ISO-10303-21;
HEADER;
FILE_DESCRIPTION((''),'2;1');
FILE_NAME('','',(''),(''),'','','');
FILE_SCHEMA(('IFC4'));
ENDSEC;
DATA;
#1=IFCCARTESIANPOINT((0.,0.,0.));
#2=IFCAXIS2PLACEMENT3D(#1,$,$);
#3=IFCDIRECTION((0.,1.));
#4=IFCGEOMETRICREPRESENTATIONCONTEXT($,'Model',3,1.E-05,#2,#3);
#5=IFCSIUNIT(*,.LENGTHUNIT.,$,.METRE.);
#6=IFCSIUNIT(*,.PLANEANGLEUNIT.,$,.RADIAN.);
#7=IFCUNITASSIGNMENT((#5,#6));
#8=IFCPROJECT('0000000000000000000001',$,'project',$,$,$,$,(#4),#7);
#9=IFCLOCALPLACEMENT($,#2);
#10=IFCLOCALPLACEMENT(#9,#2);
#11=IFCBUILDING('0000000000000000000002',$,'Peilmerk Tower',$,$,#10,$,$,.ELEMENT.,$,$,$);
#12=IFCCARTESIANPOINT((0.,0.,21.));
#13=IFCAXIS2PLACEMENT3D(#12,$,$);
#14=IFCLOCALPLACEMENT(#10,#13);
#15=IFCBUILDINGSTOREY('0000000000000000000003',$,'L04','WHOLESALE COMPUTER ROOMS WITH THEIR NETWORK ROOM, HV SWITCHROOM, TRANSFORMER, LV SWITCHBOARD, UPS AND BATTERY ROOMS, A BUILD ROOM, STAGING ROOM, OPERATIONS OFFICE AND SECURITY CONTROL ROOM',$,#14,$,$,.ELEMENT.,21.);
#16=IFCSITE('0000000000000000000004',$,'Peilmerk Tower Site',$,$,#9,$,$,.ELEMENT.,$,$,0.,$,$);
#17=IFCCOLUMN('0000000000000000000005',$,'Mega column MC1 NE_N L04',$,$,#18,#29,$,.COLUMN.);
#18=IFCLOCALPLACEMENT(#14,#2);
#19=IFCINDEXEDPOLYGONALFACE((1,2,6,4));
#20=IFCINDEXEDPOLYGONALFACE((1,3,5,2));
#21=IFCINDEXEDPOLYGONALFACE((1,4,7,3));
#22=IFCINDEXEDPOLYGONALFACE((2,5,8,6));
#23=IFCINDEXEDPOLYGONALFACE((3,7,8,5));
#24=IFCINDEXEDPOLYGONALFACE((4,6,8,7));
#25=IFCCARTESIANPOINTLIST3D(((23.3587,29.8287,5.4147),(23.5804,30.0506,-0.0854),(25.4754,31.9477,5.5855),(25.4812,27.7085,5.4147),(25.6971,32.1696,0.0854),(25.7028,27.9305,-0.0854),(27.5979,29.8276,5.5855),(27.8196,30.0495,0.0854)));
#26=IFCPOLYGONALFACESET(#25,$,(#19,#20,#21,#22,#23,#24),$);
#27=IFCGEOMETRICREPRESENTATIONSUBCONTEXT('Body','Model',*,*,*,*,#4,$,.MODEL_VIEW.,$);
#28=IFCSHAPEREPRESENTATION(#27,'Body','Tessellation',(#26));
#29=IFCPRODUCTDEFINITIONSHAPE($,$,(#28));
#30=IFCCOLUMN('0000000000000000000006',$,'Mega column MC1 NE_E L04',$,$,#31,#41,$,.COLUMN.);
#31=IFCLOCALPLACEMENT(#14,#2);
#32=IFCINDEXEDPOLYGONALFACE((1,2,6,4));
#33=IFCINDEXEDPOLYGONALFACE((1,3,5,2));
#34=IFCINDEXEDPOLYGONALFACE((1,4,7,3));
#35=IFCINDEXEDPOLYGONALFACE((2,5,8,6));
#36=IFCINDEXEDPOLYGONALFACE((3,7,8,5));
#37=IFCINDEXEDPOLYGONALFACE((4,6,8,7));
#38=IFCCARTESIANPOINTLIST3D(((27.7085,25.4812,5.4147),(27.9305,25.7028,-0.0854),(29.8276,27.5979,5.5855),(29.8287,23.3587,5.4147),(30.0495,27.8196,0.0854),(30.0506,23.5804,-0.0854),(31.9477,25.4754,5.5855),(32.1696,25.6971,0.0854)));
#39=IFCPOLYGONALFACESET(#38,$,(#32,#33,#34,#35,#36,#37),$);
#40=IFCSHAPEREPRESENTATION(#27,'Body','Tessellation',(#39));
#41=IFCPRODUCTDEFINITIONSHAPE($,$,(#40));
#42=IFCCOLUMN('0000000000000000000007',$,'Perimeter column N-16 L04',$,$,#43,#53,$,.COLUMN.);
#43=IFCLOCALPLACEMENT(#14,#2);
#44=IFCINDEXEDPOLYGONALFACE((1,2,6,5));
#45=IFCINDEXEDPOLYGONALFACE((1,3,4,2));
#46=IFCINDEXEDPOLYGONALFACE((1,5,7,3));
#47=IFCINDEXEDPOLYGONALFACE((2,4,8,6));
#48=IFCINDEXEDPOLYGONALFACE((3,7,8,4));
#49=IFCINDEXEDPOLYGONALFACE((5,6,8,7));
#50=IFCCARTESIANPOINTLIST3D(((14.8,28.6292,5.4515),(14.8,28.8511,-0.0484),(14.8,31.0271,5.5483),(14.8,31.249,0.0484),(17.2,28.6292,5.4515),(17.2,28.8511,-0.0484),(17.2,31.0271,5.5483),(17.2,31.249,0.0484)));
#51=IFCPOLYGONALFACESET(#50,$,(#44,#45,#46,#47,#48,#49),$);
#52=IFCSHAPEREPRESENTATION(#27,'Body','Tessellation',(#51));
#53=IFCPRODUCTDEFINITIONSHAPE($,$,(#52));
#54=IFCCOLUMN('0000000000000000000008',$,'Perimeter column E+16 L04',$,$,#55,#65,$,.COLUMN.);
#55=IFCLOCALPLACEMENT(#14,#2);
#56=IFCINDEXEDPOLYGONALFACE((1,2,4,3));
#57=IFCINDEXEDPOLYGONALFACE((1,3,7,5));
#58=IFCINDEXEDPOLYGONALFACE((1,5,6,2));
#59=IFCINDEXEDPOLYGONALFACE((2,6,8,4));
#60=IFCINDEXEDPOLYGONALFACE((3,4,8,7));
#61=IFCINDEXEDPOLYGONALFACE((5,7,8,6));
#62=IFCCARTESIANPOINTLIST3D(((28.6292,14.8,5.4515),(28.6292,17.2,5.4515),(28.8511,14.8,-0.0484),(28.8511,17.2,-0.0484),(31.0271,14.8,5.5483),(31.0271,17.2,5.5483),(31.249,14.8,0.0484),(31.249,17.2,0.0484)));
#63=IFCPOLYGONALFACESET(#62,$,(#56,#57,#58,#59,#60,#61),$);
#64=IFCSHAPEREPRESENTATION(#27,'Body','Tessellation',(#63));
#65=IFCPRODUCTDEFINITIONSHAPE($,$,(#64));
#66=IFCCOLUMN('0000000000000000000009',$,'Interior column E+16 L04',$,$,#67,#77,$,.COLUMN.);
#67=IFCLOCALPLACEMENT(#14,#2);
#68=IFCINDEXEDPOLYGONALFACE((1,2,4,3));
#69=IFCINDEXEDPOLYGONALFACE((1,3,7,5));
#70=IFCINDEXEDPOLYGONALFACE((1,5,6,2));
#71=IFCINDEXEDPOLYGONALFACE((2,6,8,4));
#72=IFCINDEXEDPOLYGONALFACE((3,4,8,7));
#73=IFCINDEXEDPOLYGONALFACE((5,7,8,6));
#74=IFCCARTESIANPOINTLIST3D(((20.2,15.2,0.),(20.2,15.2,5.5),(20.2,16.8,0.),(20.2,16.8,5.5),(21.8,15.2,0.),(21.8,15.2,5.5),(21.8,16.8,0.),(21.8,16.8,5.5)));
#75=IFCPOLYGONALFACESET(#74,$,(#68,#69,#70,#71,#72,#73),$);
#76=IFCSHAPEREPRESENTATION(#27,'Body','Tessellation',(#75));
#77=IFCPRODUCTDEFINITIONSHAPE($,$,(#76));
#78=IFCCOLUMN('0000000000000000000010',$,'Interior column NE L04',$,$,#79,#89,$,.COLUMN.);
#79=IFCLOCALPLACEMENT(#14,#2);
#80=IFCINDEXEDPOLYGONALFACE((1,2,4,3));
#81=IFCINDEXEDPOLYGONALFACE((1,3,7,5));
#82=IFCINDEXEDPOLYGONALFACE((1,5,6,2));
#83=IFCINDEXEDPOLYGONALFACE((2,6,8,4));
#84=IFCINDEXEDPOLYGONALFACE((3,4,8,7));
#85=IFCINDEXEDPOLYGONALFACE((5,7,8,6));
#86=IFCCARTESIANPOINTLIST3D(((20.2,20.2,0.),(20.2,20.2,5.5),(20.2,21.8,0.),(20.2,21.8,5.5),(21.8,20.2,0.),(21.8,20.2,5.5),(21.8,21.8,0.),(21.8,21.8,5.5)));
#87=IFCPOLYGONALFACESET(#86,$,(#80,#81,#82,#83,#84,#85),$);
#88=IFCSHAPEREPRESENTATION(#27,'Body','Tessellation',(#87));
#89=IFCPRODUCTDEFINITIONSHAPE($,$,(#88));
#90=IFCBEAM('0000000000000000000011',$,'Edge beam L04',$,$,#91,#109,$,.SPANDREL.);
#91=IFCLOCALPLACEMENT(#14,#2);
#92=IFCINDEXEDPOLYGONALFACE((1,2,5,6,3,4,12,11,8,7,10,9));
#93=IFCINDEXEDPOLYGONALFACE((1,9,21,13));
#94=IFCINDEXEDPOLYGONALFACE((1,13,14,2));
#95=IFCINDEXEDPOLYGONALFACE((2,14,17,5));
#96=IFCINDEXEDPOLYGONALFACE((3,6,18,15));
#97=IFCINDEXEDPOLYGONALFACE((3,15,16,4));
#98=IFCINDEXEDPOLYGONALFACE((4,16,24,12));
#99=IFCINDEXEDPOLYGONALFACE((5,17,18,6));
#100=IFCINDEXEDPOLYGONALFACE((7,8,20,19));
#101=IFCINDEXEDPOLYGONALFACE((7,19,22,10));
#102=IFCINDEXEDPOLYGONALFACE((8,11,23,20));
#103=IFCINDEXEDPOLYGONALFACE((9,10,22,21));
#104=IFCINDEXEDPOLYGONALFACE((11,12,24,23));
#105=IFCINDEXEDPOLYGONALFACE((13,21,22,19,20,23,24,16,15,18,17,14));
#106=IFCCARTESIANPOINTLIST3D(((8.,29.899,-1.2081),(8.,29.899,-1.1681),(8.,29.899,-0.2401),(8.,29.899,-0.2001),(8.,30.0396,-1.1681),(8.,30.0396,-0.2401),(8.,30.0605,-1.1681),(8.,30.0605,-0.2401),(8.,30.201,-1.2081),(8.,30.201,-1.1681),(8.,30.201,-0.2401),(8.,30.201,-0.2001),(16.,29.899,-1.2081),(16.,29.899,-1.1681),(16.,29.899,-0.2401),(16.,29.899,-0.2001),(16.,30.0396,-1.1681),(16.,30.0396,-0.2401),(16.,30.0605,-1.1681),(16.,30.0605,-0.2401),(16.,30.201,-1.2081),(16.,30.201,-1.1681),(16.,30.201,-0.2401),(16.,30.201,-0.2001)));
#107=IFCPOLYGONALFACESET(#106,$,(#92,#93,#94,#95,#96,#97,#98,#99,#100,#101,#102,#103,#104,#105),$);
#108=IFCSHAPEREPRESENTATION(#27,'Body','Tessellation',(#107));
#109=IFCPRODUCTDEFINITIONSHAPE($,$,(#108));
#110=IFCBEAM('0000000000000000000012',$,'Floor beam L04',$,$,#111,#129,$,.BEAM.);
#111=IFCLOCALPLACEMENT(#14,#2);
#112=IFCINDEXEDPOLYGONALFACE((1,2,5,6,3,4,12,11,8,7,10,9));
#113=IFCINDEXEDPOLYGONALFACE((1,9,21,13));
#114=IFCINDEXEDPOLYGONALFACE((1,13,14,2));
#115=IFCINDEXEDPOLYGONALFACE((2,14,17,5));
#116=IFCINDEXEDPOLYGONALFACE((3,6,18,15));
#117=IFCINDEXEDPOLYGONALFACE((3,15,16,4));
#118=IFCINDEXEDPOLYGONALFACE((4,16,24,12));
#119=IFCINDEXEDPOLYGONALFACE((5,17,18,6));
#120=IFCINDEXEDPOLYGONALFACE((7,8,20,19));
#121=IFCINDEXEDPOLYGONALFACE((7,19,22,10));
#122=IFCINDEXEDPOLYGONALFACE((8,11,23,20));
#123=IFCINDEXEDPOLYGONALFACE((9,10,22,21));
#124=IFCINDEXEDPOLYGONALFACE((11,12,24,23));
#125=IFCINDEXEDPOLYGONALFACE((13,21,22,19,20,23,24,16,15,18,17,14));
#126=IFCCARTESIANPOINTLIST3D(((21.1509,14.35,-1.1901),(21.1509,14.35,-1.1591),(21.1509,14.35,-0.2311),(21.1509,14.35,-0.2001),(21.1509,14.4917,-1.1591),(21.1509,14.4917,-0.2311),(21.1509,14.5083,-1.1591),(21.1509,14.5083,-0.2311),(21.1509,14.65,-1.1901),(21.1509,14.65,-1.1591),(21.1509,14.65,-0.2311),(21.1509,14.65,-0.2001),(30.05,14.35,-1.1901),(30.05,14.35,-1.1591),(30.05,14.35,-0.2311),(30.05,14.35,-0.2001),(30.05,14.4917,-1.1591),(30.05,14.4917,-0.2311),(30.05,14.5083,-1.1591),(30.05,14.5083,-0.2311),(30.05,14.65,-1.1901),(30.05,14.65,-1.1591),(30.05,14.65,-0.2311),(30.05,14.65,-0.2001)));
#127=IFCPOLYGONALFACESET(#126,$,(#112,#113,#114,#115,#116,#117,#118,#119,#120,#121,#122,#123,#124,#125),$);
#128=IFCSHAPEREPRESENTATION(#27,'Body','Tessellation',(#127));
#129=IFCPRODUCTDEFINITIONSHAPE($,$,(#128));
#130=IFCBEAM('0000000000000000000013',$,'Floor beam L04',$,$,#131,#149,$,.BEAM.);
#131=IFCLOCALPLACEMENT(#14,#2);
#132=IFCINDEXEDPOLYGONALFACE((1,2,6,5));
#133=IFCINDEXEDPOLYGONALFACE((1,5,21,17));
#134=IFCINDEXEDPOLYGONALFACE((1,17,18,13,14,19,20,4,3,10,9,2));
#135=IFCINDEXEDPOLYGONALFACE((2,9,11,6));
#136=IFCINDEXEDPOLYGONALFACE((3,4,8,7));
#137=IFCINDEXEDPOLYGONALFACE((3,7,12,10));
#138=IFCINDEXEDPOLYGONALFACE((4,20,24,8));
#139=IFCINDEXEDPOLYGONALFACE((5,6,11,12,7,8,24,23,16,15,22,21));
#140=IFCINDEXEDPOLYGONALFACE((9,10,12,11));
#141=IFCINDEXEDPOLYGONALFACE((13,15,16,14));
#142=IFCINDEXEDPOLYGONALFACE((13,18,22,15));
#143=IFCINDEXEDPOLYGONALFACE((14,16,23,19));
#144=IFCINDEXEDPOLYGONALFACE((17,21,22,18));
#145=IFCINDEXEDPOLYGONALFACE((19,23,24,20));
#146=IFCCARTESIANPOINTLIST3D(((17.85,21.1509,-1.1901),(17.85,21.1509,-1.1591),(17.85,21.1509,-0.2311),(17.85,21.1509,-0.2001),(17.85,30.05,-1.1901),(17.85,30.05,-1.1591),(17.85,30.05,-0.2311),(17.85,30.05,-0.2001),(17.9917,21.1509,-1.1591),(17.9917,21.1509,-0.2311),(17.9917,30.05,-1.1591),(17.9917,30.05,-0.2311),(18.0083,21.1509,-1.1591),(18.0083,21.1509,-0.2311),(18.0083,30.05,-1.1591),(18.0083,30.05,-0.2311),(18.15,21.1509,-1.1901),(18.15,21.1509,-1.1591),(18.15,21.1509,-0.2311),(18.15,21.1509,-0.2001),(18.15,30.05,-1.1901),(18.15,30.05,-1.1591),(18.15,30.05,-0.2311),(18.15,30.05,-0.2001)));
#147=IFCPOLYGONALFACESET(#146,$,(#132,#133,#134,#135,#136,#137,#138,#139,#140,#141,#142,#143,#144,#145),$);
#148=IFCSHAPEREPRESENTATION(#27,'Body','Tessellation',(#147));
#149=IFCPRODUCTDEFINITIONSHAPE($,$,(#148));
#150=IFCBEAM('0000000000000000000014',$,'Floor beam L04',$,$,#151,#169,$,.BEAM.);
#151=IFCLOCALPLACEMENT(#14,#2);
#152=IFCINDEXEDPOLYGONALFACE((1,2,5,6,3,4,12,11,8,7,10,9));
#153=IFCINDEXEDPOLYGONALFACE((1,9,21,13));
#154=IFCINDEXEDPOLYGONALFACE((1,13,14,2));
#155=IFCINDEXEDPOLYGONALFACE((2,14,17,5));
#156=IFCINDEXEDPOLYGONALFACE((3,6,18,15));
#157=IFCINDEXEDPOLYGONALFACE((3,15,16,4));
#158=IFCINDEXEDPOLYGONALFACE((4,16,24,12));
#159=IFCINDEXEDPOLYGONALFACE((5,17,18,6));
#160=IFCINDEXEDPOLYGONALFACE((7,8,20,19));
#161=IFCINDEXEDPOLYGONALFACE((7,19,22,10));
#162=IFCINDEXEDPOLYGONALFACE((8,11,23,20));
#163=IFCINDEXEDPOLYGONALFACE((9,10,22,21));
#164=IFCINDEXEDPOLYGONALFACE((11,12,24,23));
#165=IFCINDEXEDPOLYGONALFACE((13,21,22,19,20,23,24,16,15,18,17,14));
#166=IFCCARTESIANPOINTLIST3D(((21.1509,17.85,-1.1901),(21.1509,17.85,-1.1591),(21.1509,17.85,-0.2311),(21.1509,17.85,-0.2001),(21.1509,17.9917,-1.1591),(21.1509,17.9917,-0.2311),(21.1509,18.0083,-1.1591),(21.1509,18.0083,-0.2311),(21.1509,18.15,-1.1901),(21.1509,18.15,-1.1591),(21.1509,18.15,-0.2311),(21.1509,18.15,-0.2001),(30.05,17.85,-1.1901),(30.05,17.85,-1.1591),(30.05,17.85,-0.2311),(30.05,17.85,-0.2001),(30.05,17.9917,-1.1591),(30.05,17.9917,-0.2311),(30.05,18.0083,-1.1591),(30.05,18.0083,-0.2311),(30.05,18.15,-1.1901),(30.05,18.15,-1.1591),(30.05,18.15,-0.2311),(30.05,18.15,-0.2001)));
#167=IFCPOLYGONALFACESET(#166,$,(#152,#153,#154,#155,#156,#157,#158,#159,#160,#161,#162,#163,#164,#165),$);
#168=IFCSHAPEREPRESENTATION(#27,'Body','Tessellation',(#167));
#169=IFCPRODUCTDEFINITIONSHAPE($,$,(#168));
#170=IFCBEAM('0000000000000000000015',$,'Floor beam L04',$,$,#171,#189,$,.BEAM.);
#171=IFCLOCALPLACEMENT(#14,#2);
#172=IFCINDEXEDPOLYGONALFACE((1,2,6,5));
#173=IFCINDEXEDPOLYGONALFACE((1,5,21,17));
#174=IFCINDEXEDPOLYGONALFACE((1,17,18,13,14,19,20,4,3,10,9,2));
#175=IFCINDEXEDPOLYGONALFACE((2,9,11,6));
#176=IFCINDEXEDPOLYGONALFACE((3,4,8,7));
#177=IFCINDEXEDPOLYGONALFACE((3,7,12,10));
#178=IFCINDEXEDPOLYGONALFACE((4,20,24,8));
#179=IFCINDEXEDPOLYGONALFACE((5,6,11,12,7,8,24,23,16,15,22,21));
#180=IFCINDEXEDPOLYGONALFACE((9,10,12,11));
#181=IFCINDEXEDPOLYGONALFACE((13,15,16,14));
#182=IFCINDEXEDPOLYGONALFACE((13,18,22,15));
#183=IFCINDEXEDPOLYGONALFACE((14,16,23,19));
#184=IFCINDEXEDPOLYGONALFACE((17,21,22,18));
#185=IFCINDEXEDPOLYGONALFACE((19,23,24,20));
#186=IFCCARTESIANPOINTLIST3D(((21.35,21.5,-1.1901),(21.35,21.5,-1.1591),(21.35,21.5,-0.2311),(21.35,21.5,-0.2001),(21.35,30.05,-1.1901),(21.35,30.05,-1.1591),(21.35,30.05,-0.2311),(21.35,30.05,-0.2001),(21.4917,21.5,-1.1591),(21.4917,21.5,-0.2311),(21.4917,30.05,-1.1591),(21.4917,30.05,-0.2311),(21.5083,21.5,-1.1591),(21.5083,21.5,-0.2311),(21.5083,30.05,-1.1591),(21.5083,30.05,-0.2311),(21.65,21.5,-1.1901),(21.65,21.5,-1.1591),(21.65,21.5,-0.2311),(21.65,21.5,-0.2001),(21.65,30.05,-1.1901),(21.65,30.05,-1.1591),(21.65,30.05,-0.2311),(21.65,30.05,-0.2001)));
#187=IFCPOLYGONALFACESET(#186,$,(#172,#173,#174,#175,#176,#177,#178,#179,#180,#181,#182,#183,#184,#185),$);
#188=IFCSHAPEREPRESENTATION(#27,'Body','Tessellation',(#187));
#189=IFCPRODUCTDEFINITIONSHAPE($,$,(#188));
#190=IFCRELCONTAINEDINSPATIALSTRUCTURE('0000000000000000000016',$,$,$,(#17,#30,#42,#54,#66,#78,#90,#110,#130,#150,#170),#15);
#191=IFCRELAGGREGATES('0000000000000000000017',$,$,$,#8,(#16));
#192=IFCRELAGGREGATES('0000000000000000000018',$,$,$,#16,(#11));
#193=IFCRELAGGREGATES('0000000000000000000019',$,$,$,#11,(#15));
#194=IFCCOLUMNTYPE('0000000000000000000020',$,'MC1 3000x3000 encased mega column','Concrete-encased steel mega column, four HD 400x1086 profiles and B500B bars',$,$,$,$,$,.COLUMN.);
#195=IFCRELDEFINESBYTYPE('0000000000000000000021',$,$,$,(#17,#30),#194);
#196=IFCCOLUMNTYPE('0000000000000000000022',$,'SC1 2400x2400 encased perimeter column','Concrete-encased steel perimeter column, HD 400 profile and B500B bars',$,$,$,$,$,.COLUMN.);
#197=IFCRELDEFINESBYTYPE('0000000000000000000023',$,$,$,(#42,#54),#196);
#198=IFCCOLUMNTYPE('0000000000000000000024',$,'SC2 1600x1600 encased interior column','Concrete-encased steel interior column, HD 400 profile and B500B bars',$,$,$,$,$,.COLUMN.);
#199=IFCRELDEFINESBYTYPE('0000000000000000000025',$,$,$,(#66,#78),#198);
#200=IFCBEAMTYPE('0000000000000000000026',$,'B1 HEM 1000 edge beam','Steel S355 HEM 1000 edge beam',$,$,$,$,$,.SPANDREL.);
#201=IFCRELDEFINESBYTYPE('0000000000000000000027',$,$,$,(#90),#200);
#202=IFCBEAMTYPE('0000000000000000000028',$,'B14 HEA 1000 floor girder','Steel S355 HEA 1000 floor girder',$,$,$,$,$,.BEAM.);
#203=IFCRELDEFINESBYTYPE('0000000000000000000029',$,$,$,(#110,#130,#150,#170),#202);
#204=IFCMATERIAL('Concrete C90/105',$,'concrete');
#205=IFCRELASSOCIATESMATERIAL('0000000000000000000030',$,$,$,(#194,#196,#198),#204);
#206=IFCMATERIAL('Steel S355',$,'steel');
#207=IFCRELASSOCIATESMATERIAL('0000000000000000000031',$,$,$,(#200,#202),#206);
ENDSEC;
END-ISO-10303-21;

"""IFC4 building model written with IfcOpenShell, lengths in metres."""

from ifc_helpers import new_model, si_unit, direction, frame, origin, origin_2d, place, context, subcontext, project, spatial, rectangle, i_section, extrude, material, material_profile, profile_set, type_object, element, save


model = new_model("IFC4")

# Units and contexts
model_context = context("Model", 3, precision=1e-05, world=origin(), true_north=direction((0.0, 1.0)))
body_context = subcontext(model_context, "Body", "Model", "MODEL_VIEW")
ifc_project = project(units=[si_unit("LENGTHUNIT", "METRE"), si_unit("PLANEANGLEUNIT", "RADIAN")], contexts=[model_context])

# Site, building, storey
site_placement = place(None, origin())
site = spatial("IfcSite", under=ifc_project, at=site_placement, Name="Peilmerk Tower Site", CompositionType="ELEMENT", RefElevation=0.0)
building_placement = place(site_placement, origin())
building = spatial("IfcBuilding", under=site, at=building_placement, Name="Peilmerk Tower", CompositionType="ELEMENT")
storey_placement = place(building_placement, frame((0.0, 0.0, 21.0)))
storey = spatial("IfcBuildingStorey", under=building, at=storey_placement, Name="L04", Description="WHOLESALE COMPUTER ROOMS WITH THEIR NETWORK ROOM, HV SWITCHROOM, TRANSFORMER, LV SWITCHBOARD, UPS AND BATTERY ROOMS, A BUILD ROOM, STAGING ROOM, OPERATIONS OFFICE AND SECURITY CONTROL ROOM", CompositionType="ELEMENT", Elevation=21.0)

# Columns
ifc_material_1 = material(Name="Concrete C90/105", Category="concrete")
ifc_material_profile_1 = material_profile(ifc_material_1, rectangle(XDim=3.0, YDim=3.0, at=origin_2d()), Name="RC 3000x3000")
ifc_profile_set_1 = profile_set([ifc_material_profile_1], Name="Concrete C90/105")
column_type_1 = type_object("IfcColumnType", Name="MC1 3000x3000 encased mega column", Description="Concrete-encased steel mega column, four HD 400x1086 profiles and B500B bars", PredefinedType="COLUMN", material=ifc_profile_set_1)
for number, where, z_axis, x_axis, name in (
    (1, (25.7, 30.05, 0.0), (-0.04024, -0.040284, 0.998378), (0.707496, -0.706718, 0.0), "Mega column MC1 NE_N L04"),
    (2, (30.05, 25.7, 0.0), (-0.040284, -0.04024, 0.998378), (0.706718, -0.707496, 0.0), "Mega column MC1 NE_E L04"),
):
    element("IfcColumn", number, at=place(storey_placement, frame(where, z_axis=z_axis, x_axis=x_axis)), inside=storey, type_object=column_type_1, Name=name, PredefinedType="COLUMN", context=body_context, shape_type="SweptSolid", body=[
        extrude(rectangle(XDim=3.0, YDim=3.0, at=origin_2d()), origin(), (0.0, 0.0, 1.0), 5.509),
    ])
ifc_material_profile_2 = material_profile(ifc_material_1, rectangle(XDim=2.3999, YDim=2.3999, at=origin_2d()), Name="RC 2400x2400")
ifc_profile_set_2 = profile_set([ifc_material_profile_2], Name="Concrete C90/105")
column_type_2 = type_object("IfcColumnType", Name="SC1 2400x2400 encased perimeter column", Description="Concrete-encased steel perimeter column, HD 400 profile and B500B bars", PredefinedType="COLUMN", material=ifc_profile_set_2)
for number, where, z_axis, x_axis, name in (
    (3, (16.0, 30.05, 0.0), (0.0, -0.040317, 0.999187), (1.0, 0.0, 0.0), "Perimeter column N-16 L04"),
    (4, (30.05, 16.0, 0.0), (-0.040317, 0.0, 0.999187), (0.0, -1.0, 0.0), "Perimeter column E+16 L04"),
):
    element("IfcColumn", number, at=place(storey_placement, frame(where, z_axis=z_axis, x_axis=x_axis)), inside=storey, type_object=column_type_2, Name=name, PredefinedType="COLUMN", context=body_context, shape_type="SweptSolid", body=[
        extrude(rectangle(XDim=2.3999, YDim=2.3999, at=origin_2d()), origin(), (0.0, 0.0, 1.0), 5.5044),
    ])
ifc_material_profile_3 = material_profile(ifc_material_1, rectangle(XDim=1.6001, YDim=1.6001, at=origin_2d()), Name="RC 1600x1600")
ifc_profile_set_3 = profile_set([ifc_material_profile_3], Name="Concrete C90/105")
column_type_3 = type_object("IfcColumnType", Name="SC2 1600x1600 encased interior column", Description="Concrete-encased steel interior column, HD 400 profile and B500B bars", PredefinedType="COLUMN", material=ifc_profile_set_3)
for number, where, z_axis, x_axis, name in (
    (5, (21.0, 16.0, 0.0), (0.0, 0.0, 1.0), (1.0, 0.0, 0.0), "Interior column E+16 L04"),
    (6, (21.0, 21.0, 0.0), (0.0, 0.0, 1.0), (1.0, 0.0, 0.0), "Interior column NE L04"),
):
    element("IfcColumn", number, at=place(storey_placement, frame(where, z_axis=z_axis, x_axis=x_axis)), inside=storey, type_object=column_type_3, Name=name, PredefinedType="COLUMN", context=body_context, shape_type="SweptSolid", body=[
        extrude(rectangle(XDim=1.6001, YDim=1.6001, at=origin_2d()), origin(), (0.0, 0.0, 1.0), 5.5),
    ])

# Beams
ifc_material_2 = material(Name="Steel S355", Category="steel")
ifc_material_profile_4 = material_profile(ifc_material_2, i_section(OverallWidth=0.302, OverallDepth=1.0081, WebThickness=0.021, FlangeThickness=0.04, at=origin_2d()), Name="HEM 1000")
ifc_profile_set_4 = profile_set([ifc_material_profile_4], Name="Steel S355")
beam_type_1 = type_object("IfcBeamType", Name="B1 HEM 1000 edge beam", Description="Steel S355 HEM 1000 edge beam", PredefinedType="SPANDREL", material=ifc_profile_set_4)
beam_1_placement = place(storey_placement, frame((16.0, 30.05, -0.7041), z_axis=(-1.0, 0.0, 0.0), x_axis=(0.0, -1.0, 0.0)))
element("IfcBeam", 7, at=beam_1_placement, inside=storey, type_object=beam_type_1, Name="Edge beam L04", PredefinedType="SPANDREL", context=body_context, shape_type="SweptSolid", body=[
    extrude(i_section(OverallWidth=0.302, OverallDepth=1.0081, WebThickness=0.021, FlangeThickness=0.04, at=origin_2d()), origin(), (0.0, 0.0, 1.0), 8.0),
])
ifc_material_profile_5 = material_profile(ifc_material_2, i_section(OverallWidth=0.3, OverallDepth=0.99, WebThickness=0.0166, FlangeThickness=0.031, at=origin_2d()), Name="HEA 1000")
ifc_profile_set_5 = profile_set([ifc_material_profile_5], Name="Steel S355")
beam_type_2 = type_object("IfcBeamType", Name="B14 HEA 1000 floor girder", Description="Steel S355 HEA 1000 floor girder", PredefinedType="BEAM", material=ifc_profile_set_5)
for number, where, z_axis, x_axis, name in (
    (8, (21.1509, 14.5, -0.6951), (1.0, 0.0, 0.0), (0.0, 1.0, 0.0), "Floor beam L04"),
    (9, (18.0, 21.1509, -0.6951), (0.0, 1.0, 0.0), (-1.0, 0.0, 0.0), "Floor beam L04"),
    (10, (21.1509, 18.0, -0.6951), (1.0, 0.0, 0.0), (0.0, 1.0, 0.0), "Floor beam L04"),
):
    element("IfcBeam", number, at=place(storey_placement, frame(where, z_axis=z_axis, x_axis=x_axis)), inside=storey, type_object=beam_type_2, Name=name, PredefinedType="BEAM", context=body_context, shape_type="SweptSolid", body=[
        extrude(i_section(OverallWidth=0.3, OverallDepth=0.99, WebThickness=0.0166, FlangeThickness=0.031, at=origin_2d()), origin(), (0.0, 0.0, 1.0), 8.8992),
    ])
for number, where, z_axis, x_axis, name in (
    (11, (21.5, 21.5, -0.6951), (0.0, 1.0, 0.0), (-1.0, 0.0, 0.0), "Floor beam L04"),
):
    element("IfcBeam", number, at=place(storey_placement, frame(where, z_axis=z_axis, x_axis=x_axis)), inside=storey, type_object=beam_type_2, Name=name, PredefinedType="BEAM", context=body_context, shape_type="SweptSolid", body=[
        extrude(i_section(OverallWidth=0.3, OverallDepth=0.99, WebThickness=0.0166, FlangeThickness=0.031, at=origin_2d()), origin(), (0.0, 0.0, 1.0), 8.55),
    ])

save(model, "model.ifc")
